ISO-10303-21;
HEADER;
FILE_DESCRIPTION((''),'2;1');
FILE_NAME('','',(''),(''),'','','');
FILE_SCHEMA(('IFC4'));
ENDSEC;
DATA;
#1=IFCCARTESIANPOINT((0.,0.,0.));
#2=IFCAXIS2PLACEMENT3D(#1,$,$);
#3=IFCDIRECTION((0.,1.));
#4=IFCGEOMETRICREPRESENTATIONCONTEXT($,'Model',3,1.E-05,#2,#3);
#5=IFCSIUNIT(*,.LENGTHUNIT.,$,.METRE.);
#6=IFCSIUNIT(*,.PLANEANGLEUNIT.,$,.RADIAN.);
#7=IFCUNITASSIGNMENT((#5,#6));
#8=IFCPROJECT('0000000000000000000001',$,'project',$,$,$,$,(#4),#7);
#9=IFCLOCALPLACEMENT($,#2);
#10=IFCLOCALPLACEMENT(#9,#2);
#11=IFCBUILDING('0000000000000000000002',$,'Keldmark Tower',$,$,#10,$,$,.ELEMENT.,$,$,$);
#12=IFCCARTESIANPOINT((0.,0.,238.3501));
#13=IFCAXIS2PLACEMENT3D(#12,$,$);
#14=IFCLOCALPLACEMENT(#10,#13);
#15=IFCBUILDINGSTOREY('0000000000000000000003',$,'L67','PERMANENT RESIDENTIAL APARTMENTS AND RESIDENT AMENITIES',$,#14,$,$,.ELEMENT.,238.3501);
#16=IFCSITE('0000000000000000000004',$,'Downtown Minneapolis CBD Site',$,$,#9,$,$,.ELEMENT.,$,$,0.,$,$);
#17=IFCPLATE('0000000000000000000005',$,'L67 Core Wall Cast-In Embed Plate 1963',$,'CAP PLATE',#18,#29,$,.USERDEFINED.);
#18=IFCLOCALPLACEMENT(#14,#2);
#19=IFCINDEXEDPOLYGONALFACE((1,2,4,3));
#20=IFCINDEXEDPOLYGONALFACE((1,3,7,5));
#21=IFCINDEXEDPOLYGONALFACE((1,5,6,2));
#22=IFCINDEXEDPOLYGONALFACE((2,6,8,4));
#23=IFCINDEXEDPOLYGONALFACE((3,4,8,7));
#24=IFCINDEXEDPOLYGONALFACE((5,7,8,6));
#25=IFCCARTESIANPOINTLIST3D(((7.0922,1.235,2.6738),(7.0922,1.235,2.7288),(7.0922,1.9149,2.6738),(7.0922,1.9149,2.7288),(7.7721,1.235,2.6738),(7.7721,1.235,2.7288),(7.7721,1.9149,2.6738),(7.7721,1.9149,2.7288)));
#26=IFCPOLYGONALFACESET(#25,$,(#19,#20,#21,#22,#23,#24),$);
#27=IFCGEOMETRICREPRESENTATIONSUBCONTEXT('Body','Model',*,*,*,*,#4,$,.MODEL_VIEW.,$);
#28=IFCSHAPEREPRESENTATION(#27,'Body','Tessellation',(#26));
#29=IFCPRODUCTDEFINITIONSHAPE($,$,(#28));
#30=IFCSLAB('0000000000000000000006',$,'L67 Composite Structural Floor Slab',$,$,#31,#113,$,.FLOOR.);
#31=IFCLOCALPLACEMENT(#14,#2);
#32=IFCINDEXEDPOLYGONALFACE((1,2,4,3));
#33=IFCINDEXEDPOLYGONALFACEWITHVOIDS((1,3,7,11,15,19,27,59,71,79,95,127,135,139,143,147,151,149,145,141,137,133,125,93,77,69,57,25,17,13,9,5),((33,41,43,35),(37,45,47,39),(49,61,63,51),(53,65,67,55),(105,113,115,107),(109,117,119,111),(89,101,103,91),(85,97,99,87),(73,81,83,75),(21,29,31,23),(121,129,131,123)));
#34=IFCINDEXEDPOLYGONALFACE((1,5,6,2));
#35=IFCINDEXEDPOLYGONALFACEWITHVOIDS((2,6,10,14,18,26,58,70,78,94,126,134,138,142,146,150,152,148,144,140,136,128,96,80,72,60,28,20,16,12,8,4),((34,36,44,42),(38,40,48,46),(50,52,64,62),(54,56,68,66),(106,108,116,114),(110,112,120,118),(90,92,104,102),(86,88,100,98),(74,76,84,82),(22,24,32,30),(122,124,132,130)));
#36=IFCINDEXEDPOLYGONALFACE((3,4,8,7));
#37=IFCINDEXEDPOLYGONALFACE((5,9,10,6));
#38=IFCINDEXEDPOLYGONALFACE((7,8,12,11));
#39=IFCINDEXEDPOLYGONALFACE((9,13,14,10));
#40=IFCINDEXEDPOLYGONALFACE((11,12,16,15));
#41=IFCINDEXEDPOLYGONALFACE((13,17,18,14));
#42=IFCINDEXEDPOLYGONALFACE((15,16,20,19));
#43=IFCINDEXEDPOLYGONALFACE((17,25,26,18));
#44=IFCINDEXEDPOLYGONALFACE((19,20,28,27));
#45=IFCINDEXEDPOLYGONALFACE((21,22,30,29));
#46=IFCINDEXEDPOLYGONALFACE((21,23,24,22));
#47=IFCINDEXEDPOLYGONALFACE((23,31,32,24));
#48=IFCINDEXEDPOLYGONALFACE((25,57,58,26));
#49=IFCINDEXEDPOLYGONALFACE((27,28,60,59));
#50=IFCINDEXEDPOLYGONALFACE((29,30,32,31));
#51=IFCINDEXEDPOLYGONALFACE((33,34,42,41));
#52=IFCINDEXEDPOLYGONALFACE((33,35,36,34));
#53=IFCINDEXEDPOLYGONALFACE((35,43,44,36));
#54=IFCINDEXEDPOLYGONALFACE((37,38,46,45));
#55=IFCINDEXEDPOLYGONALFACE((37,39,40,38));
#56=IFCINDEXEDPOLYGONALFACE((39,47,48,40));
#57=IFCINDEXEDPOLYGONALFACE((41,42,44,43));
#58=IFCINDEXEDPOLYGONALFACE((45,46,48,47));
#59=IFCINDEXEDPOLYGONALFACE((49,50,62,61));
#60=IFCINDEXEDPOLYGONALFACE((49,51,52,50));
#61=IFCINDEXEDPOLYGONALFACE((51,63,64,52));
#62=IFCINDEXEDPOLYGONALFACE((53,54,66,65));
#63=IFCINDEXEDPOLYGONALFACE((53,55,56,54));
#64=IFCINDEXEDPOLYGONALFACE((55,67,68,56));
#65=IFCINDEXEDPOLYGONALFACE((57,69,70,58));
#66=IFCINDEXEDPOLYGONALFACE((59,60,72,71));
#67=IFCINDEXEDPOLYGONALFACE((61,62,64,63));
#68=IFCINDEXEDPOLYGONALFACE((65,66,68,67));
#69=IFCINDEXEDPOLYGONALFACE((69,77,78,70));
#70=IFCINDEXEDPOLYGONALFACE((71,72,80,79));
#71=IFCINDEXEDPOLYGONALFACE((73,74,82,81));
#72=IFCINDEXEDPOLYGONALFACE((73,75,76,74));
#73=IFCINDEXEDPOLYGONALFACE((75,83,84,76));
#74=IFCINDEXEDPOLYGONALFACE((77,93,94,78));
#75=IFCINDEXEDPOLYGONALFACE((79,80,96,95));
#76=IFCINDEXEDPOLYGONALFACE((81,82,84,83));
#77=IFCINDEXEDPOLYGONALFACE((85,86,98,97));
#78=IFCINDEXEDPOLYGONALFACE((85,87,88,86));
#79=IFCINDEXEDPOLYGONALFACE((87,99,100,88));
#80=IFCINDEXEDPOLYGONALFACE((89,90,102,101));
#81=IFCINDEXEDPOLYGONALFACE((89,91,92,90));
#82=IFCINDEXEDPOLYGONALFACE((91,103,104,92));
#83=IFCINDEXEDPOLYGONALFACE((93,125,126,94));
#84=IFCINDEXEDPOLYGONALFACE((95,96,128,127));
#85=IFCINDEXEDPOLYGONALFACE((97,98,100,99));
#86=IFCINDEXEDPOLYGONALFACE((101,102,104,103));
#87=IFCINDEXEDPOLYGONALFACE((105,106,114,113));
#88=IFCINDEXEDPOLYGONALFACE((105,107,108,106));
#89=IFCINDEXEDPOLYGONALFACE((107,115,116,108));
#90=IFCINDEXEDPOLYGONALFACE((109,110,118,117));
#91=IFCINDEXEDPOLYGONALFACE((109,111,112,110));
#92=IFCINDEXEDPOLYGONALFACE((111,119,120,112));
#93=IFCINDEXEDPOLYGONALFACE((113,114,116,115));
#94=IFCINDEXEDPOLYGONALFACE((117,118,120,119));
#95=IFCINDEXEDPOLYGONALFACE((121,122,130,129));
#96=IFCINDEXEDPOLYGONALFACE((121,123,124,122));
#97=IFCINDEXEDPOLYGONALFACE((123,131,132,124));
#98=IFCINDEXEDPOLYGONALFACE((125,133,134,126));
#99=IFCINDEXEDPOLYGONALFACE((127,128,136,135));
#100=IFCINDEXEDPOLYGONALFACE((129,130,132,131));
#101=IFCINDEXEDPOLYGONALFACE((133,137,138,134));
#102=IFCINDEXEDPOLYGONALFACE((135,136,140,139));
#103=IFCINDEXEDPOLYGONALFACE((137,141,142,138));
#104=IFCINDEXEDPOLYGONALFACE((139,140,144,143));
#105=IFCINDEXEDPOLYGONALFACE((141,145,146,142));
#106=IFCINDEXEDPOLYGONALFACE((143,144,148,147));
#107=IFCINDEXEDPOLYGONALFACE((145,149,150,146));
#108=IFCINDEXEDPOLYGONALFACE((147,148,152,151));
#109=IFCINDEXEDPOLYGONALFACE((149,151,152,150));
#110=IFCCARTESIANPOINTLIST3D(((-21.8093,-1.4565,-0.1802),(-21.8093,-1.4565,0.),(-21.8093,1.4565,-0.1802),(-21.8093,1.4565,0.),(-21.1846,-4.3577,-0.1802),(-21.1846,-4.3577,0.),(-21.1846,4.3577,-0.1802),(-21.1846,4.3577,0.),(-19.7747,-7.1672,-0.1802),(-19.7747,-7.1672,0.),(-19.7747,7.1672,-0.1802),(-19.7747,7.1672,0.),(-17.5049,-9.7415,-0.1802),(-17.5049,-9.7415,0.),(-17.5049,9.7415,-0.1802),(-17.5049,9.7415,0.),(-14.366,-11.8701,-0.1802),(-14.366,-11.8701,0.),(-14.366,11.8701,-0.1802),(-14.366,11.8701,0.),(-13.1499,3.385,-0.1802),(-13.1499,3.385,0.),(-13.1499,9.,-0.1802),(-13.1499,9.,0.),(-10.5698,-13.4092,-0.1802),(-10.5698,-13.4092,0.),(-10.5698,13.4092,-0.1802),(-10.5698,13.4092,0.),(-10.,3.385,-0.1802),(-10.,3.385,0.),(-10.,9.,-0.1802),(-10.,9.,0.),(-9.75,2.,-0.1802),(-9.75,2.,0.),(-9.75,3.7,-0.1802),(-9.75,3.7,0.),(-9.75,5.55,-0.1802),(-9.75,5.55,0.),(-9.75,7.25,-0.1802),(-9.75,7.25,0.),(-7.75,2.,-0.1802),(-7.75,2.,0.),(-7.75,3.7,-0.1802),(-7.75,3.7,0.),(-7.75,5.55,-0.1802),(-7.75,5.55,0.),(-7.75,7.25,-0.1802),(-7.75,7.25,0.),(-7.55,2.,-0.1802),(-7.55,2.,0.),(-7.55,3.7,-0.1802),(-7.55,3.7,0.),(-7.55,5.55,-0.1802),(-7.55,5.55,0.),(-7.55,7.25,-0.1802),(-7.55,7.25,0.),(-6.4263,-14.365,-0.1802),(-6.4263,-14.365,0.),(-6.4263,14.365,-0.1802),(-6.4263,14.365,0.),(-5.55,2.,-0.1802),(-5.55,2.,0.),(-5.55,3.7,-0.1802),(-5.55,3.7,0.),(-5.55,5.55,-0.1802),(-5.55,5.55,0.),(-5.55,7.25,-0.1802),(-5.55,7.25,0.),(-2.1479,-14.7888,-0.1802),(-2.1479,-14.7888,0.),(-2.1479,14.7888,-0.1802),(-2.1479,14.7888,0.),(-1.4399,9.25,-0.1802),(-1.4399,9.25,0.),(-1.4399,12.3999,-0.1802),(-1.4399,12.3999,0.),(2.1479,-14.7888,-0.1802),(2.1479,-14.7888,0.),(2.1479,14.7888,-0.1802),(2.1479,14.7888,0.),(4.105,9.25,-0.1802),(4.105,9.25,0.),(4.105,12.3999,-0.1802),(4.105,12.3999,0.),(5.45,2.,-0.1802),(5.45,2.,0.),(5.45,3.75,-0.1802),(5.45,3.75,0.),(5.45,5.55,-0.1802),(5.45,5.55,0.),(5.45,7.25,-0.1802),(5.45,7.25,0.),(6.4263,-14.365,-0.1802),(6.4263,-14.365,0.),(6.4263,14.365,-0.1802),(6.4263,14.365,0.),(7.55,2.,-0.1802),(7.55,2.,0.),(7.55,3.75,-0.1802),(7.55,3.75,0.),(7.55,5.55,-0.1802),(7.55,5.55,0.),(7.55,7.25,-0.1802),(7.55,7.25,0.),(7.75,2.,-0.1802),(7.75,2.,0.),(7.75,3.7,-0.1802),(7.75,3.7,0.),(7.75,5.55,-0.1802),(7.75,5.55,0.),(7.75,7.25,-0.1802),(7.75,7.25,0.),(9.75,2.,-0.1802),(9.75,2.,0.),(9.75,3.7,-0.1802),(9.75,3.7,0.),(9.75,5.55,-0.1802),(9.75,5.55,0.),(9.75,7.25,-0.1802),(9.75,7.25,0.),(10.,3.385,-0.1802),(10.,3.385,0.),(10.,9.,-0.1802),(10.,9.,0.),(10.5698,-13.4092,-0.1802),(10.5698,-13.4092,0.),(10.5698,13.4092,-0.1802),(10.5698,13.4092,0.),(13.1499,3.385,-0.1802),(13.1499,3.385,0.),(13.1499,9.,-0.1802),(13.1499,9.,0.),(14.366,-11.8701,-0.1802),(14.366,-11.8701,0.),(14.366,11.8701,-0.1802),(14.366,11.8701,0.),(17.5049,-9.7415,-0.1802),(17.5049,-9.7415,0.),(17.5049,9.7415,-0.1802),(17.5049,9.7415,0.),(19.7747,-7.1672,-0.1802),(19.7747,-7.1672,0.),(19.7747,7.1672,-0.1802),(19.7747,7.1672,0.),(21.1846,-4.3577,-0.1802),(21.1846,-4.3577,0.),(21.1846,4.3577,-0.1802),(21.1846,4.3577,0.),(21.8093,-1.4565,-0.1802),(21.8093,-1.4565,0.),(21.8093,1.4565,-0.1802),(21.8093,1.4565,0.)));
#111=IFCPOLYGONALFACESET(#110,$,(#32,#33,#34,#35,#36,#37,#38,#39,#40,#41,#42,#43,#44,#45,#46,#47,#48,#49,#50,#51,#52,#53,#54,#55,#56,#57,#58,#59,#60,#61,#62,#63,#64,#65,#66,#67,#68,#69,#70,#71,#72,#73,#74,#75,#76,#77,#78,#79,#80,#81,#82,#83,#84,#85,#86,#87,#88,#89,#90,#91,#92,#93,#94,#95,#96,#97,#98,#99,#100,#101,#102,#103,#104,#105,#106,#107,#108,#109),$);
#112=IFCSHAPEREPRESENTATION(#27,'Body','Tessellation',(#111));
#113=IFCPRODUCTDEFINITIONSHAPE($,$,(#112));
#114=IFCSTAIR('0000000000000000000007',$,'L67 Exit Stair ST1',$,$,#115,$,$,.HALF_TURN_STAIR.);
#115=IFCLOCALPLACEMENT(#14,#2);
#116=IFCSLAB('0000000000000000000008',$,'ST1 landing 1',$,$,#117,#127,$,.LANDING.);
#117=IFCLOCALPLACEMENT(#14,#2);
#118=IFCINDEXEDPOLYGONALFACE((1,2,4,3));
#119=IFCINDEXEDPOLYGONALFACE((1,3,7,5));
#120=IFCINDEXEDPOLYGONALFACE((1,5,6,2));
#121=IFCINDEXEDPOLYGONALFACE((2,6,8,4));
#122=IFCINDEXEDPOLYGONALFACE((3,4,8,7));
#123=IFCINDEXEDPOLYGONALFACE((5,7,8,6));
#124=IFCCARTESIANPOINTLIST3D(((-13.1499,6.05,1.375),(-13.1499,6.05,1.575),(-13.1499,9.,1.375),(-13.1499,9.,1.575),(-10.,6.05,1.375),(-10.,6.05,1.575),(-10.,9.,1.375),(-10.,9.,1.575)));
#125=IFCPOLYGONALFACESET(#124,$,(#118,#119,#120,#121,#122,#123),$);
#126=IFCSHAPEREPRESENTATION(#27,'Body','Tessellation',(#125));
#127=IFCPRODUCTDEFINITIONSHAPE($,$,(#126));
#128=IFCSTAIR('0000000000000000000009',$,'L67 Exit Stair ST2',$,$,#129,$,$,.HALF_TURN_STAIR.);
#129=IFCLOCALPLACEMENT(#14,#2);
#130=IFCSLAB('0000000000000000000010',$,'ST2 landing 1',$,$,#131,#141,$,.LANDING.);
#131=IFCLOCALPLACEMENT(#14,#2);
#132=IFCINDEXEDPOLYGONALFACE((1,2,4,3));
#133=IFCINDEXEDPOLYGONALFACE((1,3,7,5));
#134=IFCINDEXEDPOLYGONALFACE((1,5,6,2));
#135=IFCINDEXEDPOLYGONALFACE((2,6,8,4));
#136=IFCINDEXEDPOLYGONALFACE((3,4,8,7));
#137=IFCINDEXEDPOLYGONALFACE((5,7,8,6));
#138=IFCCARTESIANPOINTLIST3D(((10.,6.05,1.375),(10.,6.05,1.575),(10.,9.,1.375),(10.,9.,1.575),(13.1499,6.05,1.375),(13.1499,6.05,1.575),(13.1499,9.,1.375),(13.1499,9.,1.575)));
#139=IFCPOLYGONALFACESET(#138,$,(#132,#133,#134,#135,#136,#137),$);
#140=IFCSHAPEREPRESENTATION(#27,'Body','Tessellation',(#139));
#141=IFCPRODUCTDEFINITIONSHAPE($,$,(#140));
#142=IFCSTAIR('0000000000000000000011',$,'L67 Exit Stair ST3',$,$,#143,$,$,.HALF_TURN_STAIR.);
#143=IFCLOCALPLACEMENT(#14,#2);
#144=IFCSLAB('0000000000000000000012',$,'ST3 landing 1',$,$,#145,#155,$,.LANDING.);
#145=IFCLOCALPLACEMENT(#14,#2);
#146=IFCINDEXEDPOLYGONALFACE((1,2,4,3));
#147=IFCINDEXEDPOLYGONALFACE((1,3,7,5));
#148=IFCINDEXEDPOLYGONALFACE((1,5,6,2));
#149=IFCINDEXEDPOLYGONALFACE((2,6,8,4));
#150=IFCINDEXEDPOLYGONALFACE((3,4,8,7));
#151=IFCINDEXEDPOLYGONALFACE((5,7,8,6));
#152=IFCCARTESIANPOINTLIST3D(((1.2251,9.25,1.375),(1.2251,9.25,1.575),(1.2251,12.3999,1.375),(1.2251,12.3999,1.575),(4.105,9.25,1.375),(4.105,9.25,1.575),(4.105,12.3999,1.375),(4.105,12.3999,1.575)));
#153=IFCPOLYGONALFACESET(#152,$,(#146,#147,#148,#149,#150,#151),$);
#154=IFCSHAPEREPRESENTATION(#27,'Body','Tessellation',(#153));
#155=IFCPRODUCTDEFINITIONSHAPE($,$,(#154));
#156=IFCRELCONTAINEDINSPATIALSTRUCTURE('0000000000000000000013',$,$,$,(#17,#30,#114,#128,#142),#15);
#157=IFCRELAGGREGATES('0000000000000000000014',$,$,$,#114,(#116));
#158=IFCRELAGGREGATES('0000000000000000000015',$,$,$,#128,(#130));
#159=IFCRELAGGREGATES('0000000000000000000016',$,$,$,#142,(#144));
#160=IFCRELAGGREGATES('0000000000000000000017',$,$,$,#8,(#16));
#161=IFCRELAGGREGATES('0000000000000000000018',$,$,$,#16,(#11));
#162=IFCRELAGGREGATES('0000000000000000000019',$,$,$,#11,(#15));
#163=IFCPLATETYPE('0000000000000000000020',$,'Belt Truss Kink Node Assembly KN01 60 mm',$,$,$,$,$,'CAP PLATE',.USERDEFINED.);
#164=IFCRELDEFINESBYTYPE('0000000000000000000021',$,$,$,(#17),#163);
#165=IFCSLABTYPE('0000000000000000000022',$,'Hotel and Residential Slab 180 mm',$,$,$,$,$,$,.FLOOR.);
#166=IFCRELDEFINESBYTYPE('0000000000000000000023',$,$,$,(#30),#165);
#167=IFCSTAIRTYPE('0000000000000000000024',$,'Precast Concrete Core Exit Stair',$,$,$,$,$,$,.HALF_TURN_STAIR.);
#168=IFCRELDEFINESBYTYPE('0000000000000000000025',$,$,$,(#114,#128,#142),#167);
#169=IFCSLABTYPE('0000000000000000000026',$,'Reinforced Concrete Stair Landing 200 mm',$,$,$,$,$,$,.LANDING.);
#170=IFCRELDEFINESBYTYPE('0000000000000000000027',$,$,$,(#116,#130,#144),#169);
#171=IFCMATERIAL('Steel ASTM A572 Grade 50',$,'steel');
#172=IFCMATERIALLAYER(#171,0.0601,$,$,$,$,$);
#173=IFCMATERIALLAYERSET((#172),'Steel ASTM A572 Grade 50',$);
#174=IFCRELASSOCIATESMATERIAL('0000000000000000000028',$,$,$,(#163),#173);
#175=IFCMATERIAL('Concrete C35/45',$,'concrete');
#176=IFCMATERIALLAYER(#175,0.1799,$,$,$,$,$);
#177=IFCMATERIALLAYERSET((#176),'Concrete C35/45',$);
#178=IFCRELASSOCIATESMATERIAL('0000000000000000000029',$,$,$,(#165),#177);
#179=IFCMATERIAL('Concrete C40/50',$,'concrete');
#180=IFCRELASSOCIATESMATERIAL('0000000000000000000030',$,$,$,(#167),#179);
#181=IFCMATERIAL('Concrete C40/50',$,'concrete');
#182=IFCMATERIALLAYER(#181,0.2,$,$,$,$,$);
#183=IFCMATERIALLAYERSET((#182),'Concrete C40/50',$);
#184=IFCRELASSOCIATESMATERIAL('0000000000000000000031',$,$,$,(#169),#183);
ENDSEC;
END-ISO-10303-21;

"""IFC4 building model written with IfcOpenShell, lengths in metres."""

from ifc_helpers import new_model, si_unit, direction, frame, origin, origin_2d, place, context, subcontext, project, spatial, polyline, rectangle, outline, extrude, material, layer, layer_set, type_object, element, aggregate, save


model = new_model("IFC4")

# Units and contexts
model_context = context("Model", 3, precision=1e-05, world=origin(), true_north=direction((0.0, 1.0)))
body_context = subcontext(model_context, "Body", "Model", "MODEL_VIEW")
ifc_project = project(units=[si_unit("LENGTHUNIT", "METRE"), si_unit("PLANEANGLEUNIT", "RADIAN")], contexts=[model_context])

# Site, building, storey
site_placement = place(None, origin())
site = spatial("IfcSite", under=ifc_project, at=site_placement, Name="Downtown Minneapolis CBD Site", CompositionType="ELEMENT", RefElevation=0.0)
building_placement = place(site_placement, origin())
building = spatial("IfcBuilding", under=site, at=building_placement, Name="Keldmark Tower", CompositionType="ELEMENT")
storey_placement = place(building_placement, frame((0.0, 0.0, 238.3501)))
storey = spatial("IfcBuildingStorey", under=building, at=storey_placement, Name="L67", Description="PERMANENT RESIDENTIAL APARTMENTS AND RESIDENT AMENITIES", CompositionType="ELEMENT", Elevation=238.3501)

# Plate
ifc_material_1 = material(Name="Steel ASTM A572 Grade 50", Category="steel")
ifc_layer_1 = layer(ifc_material_1, 0.0601)
ifc_layer_set_1 = layer_set([ifc_layer_1], Name="Steel ASTM A572 Grade 50")
plate_type = type_object("IfcPlateType", Name="Belt Truss Kink Node Assembly KN01 60 mm", ElementType="CAP PLATE", PredefinedType="USERDEFINED", material=ifc_layer_set_1)
for number, where, z_axis, x_axis, name in (
    (1, (7.4321, 1.575, 2.6738), (0.0, 0.0, 1.0), (1.0, 0.0, 0.0), "L67 Core Wall Cast-In Embed Plate 1963"),
):
    element("IfcPlate", number, at=place(storey_placement, frame(where, z_axis=z_axis, x_axis=x_axis)), inside=storey, type_object=plate_type, Name=name, ObjectType="CAP PLATE", PredefinedType="USERDEFINED", context=body_context, shape_type="SweptSolid", body=[
        extrude(rectangle(XDim=0.6799, YDim=0.6799, at=origin_2d()), origin(), (0.0, 0.0, 1.0), 0.0549),
    ])

# Slab
ifc_material_2 = material(Name="Concrete C35/45", Category="concrete")
ifc_layer_2 = layer(ifc_material_2, 0.1799)
ifc_layer_set_2 = layer_set([ifc_layer_2], Name="Concrete C35/45")
slab_type_1 = type_object("IfcSlabType", Name="Hotel and Residential Slab 180 mm", PredefinedType="FLOOR", material=ifc_layer_set_2)
slab_1_placement = place(storey_placement, frame((0.0, 0.0, -0.1802)))
element("IfcSlab", 2, at=slab_1_placement, inside=storey, type_object=slab_type_1, Name="L67 Composite Structural Floor Slab", PredefinedType="FLOOR", context=body_context, shape_type="SweptSolid", body=[
    extrude(outline(polyline([(21.8093, 1.4565), (21.1846, 4.3577), (19.7747, 7.1672), (17.5049, 9.7415), (14.366, 11.8701), (10.5698, 13.4092), (6.4263, 14.365), (2.1479, 14.7888), (-2.1479, 14.7888), (-6.4263, 14.365), (-10.5698, 13.4092), (-14.366, 11.8701), (-17.5049, 9.7415), (-19.7747, 7.1672), (-21.1846, 4.3577), (-21.8093, 1.4565), (-21.8093, -1.4565), (-21.1846, -4.3577), (-19.7747, -7.1672), (-17.5049, -9.7415), (-14.366, -11.8701), (-10.5698, -13.4092), (-6.4263, -14.365), (-2.1479, -14.7888), (2.1479, -14.7888), (6.4263, -14.365), (10.5698, -13.4092), (14.366, -11.8701), (17.5049, -9.7415), (19.7747, -7.1672), (21.1846, -4.3577), (21.8093, -1.4565), (21.8093, 1.4565)]), holes=[polyline([(-10.0, 3.385), (-10.0, 9.0), (-13.1499, 9.0), (-13.1499, 3.385), (-10.0, 3.385)]), polyline([(13.1499, 3.385), (13.1499, 9.0), (10.0, 9.0), (10.0, 3.385), (13.1499, 3.385)]), polyline([(-1.4399, 9.25), (4.105, 9.25), (4.105, 12.3999), (-1.4399, 12.3999), (-1.4399, 9.25)]), polyline([(-9.75, 2.0), (-7.75, 2.0), (-7.75, 3.7), (-9.75, 3.7), (-9.75, 2.0)]), polyline([(7.75, 2.0), (9.75, 2.0), (9.75, 3.7), (7.75, 3.7), (7.75, 2.0)]), polyline([(5.45, 2.0), (7.55, 2.0), (7.55, 3.75), (5.45, 3.75), (5.45, 2.0)]), polyline([(-9.75, 5.55), (-7.75, 5.55), (-7.75, 7.25), (-9.75, 7.25), (-9.75, 5.55)]), polyline([(-7.55, 5.55), (-5.55, 5.55), (-5.55, 7.25), (-7.55, 7.25), (-7.55, 5.55)]), polyline([(-7.55, 2.0), (-5.55, 2.0), (-5.55, 3.7), (-7.55, 3.7), (-7.55, 2.0)]), polyline([(5.45, 5.55), (7.55, 5.55), (7.55, 7.25), (5.45, 7.25), (5.45, 5.55)]), polyline([(7.75, 5.55), (9.75, 5.55), (9.75, 7.25), (7.75, 7.25), (7.75, 5.55)])]), origin(), (0.0, 0.0, 1.0), 0.1802),
])

# Stairs, slabs
ifc_material_3 = material(Name="Concrete C40/50", Category="concrete")
stair_type = type_object("IfcStairType", Name="Precast Concrete Core Exit Stair", PredefinedType="HALF_TURN_STAIR", material=ifc_material_3)
stair_1_placement = place(storey_placement, origin())
stair_1 = element("IfcStair", 3, at=stair_1_placement, inside=storey, type_object=stair_type, Name="L67 Exit Stair ST1", PredefinedType="HALF_TURN_STAIR")
ifc_material_4 = material(Name="Concrete C40/50", Category="concrete")
ifc_layer_3 = layer(ifc_material_4, 0.2)
ifc_layer_set_3 = layer_set([ifc_layer_3], Name="Concrete C40/50")
slab_type_2 = type_object("IfcSlabType", Name="Reinforced Concrete Stair Landing 200 mm", PredefinedType="LANDING", material=ifc_layer_set_3)
slab_2_placement = place(storey_placement, frame((0.0, 0.0, 1.375)))
slab_2 = element("IfcSlab", 4, at=slab_2_placement, type_object=slab_type_2, Name="ST1 landing 1", PredefinedType="LANDING", context=body_context, shape_type="SweptSolid", body=[
    extrude(outline(polyline([(-10.0, 6.05), (-10.0, 9.0), (-13.1499, 9.0), (-13.1499, 6.05), (-10.0, 6.05)])), origin(), (0.0, 0.0, 1.0), 0.2),
])
aggregate(stair_1, [slab_2])
stair_2_placement = place(storey_placement, origin())
stair_2 = element("IfcStair", 5, at=stair_2_placement, inside=storey, type_object=stair_type, Name="L67 Exit Stair ST2", PredefinedType="HALF_TURN_STAIR")
slab_3_placement = place(storey_placement, frame((0.0, 0.0, 1.375)))
slab_3 = element("IfcSlab", 6, at=slab_3_placement, type_object=slab_type_2, Name="ST2 landing 1", PredefinedType="LANDING", context=body_context, shape_type="SweptSolid", body=[
    extrude(outline(polyline([(13.1499, 6.05), (13.1499, 9.0), (10.0, 9.0), (10.0, 6.05), (13.1499, 6.05)])), origin(), (0.0, 0.0, 1.0), 0.2),
])
aggregate(stair_2, [slab_3])
stair_3_placement = place(storey_placement, origin())
stair_3 = element("IfcStair", 7, at=stair_3_placement, inside=storey, type_object=stair_type, Name="L67 Exit Stair ST3", PredefinedType="HALF_TURN_STAIR")
slab_4_placement = place(storey_placement, frame((0.0, 0.0, 1.375)))
slab_4 = element("IfcSlab", 8, at=slab_4_placement, type_object=slab_type_2, Name="ST3 landing 1", PredefinedType="LANDING", context=body_context, shape_type="SweptSolid", body=[
    extrude(outline(polyline([(1.2251, 9.25), (4.105, 9.25), (4.105, 12.3999), (1.2251, 12.3999), (1.2251, 9.25)])), origin(), (0.0, 0.0, 1.0), 0.2),
])
aggregate(stair_3, [slab_4])

save(model, "model.ifc")
